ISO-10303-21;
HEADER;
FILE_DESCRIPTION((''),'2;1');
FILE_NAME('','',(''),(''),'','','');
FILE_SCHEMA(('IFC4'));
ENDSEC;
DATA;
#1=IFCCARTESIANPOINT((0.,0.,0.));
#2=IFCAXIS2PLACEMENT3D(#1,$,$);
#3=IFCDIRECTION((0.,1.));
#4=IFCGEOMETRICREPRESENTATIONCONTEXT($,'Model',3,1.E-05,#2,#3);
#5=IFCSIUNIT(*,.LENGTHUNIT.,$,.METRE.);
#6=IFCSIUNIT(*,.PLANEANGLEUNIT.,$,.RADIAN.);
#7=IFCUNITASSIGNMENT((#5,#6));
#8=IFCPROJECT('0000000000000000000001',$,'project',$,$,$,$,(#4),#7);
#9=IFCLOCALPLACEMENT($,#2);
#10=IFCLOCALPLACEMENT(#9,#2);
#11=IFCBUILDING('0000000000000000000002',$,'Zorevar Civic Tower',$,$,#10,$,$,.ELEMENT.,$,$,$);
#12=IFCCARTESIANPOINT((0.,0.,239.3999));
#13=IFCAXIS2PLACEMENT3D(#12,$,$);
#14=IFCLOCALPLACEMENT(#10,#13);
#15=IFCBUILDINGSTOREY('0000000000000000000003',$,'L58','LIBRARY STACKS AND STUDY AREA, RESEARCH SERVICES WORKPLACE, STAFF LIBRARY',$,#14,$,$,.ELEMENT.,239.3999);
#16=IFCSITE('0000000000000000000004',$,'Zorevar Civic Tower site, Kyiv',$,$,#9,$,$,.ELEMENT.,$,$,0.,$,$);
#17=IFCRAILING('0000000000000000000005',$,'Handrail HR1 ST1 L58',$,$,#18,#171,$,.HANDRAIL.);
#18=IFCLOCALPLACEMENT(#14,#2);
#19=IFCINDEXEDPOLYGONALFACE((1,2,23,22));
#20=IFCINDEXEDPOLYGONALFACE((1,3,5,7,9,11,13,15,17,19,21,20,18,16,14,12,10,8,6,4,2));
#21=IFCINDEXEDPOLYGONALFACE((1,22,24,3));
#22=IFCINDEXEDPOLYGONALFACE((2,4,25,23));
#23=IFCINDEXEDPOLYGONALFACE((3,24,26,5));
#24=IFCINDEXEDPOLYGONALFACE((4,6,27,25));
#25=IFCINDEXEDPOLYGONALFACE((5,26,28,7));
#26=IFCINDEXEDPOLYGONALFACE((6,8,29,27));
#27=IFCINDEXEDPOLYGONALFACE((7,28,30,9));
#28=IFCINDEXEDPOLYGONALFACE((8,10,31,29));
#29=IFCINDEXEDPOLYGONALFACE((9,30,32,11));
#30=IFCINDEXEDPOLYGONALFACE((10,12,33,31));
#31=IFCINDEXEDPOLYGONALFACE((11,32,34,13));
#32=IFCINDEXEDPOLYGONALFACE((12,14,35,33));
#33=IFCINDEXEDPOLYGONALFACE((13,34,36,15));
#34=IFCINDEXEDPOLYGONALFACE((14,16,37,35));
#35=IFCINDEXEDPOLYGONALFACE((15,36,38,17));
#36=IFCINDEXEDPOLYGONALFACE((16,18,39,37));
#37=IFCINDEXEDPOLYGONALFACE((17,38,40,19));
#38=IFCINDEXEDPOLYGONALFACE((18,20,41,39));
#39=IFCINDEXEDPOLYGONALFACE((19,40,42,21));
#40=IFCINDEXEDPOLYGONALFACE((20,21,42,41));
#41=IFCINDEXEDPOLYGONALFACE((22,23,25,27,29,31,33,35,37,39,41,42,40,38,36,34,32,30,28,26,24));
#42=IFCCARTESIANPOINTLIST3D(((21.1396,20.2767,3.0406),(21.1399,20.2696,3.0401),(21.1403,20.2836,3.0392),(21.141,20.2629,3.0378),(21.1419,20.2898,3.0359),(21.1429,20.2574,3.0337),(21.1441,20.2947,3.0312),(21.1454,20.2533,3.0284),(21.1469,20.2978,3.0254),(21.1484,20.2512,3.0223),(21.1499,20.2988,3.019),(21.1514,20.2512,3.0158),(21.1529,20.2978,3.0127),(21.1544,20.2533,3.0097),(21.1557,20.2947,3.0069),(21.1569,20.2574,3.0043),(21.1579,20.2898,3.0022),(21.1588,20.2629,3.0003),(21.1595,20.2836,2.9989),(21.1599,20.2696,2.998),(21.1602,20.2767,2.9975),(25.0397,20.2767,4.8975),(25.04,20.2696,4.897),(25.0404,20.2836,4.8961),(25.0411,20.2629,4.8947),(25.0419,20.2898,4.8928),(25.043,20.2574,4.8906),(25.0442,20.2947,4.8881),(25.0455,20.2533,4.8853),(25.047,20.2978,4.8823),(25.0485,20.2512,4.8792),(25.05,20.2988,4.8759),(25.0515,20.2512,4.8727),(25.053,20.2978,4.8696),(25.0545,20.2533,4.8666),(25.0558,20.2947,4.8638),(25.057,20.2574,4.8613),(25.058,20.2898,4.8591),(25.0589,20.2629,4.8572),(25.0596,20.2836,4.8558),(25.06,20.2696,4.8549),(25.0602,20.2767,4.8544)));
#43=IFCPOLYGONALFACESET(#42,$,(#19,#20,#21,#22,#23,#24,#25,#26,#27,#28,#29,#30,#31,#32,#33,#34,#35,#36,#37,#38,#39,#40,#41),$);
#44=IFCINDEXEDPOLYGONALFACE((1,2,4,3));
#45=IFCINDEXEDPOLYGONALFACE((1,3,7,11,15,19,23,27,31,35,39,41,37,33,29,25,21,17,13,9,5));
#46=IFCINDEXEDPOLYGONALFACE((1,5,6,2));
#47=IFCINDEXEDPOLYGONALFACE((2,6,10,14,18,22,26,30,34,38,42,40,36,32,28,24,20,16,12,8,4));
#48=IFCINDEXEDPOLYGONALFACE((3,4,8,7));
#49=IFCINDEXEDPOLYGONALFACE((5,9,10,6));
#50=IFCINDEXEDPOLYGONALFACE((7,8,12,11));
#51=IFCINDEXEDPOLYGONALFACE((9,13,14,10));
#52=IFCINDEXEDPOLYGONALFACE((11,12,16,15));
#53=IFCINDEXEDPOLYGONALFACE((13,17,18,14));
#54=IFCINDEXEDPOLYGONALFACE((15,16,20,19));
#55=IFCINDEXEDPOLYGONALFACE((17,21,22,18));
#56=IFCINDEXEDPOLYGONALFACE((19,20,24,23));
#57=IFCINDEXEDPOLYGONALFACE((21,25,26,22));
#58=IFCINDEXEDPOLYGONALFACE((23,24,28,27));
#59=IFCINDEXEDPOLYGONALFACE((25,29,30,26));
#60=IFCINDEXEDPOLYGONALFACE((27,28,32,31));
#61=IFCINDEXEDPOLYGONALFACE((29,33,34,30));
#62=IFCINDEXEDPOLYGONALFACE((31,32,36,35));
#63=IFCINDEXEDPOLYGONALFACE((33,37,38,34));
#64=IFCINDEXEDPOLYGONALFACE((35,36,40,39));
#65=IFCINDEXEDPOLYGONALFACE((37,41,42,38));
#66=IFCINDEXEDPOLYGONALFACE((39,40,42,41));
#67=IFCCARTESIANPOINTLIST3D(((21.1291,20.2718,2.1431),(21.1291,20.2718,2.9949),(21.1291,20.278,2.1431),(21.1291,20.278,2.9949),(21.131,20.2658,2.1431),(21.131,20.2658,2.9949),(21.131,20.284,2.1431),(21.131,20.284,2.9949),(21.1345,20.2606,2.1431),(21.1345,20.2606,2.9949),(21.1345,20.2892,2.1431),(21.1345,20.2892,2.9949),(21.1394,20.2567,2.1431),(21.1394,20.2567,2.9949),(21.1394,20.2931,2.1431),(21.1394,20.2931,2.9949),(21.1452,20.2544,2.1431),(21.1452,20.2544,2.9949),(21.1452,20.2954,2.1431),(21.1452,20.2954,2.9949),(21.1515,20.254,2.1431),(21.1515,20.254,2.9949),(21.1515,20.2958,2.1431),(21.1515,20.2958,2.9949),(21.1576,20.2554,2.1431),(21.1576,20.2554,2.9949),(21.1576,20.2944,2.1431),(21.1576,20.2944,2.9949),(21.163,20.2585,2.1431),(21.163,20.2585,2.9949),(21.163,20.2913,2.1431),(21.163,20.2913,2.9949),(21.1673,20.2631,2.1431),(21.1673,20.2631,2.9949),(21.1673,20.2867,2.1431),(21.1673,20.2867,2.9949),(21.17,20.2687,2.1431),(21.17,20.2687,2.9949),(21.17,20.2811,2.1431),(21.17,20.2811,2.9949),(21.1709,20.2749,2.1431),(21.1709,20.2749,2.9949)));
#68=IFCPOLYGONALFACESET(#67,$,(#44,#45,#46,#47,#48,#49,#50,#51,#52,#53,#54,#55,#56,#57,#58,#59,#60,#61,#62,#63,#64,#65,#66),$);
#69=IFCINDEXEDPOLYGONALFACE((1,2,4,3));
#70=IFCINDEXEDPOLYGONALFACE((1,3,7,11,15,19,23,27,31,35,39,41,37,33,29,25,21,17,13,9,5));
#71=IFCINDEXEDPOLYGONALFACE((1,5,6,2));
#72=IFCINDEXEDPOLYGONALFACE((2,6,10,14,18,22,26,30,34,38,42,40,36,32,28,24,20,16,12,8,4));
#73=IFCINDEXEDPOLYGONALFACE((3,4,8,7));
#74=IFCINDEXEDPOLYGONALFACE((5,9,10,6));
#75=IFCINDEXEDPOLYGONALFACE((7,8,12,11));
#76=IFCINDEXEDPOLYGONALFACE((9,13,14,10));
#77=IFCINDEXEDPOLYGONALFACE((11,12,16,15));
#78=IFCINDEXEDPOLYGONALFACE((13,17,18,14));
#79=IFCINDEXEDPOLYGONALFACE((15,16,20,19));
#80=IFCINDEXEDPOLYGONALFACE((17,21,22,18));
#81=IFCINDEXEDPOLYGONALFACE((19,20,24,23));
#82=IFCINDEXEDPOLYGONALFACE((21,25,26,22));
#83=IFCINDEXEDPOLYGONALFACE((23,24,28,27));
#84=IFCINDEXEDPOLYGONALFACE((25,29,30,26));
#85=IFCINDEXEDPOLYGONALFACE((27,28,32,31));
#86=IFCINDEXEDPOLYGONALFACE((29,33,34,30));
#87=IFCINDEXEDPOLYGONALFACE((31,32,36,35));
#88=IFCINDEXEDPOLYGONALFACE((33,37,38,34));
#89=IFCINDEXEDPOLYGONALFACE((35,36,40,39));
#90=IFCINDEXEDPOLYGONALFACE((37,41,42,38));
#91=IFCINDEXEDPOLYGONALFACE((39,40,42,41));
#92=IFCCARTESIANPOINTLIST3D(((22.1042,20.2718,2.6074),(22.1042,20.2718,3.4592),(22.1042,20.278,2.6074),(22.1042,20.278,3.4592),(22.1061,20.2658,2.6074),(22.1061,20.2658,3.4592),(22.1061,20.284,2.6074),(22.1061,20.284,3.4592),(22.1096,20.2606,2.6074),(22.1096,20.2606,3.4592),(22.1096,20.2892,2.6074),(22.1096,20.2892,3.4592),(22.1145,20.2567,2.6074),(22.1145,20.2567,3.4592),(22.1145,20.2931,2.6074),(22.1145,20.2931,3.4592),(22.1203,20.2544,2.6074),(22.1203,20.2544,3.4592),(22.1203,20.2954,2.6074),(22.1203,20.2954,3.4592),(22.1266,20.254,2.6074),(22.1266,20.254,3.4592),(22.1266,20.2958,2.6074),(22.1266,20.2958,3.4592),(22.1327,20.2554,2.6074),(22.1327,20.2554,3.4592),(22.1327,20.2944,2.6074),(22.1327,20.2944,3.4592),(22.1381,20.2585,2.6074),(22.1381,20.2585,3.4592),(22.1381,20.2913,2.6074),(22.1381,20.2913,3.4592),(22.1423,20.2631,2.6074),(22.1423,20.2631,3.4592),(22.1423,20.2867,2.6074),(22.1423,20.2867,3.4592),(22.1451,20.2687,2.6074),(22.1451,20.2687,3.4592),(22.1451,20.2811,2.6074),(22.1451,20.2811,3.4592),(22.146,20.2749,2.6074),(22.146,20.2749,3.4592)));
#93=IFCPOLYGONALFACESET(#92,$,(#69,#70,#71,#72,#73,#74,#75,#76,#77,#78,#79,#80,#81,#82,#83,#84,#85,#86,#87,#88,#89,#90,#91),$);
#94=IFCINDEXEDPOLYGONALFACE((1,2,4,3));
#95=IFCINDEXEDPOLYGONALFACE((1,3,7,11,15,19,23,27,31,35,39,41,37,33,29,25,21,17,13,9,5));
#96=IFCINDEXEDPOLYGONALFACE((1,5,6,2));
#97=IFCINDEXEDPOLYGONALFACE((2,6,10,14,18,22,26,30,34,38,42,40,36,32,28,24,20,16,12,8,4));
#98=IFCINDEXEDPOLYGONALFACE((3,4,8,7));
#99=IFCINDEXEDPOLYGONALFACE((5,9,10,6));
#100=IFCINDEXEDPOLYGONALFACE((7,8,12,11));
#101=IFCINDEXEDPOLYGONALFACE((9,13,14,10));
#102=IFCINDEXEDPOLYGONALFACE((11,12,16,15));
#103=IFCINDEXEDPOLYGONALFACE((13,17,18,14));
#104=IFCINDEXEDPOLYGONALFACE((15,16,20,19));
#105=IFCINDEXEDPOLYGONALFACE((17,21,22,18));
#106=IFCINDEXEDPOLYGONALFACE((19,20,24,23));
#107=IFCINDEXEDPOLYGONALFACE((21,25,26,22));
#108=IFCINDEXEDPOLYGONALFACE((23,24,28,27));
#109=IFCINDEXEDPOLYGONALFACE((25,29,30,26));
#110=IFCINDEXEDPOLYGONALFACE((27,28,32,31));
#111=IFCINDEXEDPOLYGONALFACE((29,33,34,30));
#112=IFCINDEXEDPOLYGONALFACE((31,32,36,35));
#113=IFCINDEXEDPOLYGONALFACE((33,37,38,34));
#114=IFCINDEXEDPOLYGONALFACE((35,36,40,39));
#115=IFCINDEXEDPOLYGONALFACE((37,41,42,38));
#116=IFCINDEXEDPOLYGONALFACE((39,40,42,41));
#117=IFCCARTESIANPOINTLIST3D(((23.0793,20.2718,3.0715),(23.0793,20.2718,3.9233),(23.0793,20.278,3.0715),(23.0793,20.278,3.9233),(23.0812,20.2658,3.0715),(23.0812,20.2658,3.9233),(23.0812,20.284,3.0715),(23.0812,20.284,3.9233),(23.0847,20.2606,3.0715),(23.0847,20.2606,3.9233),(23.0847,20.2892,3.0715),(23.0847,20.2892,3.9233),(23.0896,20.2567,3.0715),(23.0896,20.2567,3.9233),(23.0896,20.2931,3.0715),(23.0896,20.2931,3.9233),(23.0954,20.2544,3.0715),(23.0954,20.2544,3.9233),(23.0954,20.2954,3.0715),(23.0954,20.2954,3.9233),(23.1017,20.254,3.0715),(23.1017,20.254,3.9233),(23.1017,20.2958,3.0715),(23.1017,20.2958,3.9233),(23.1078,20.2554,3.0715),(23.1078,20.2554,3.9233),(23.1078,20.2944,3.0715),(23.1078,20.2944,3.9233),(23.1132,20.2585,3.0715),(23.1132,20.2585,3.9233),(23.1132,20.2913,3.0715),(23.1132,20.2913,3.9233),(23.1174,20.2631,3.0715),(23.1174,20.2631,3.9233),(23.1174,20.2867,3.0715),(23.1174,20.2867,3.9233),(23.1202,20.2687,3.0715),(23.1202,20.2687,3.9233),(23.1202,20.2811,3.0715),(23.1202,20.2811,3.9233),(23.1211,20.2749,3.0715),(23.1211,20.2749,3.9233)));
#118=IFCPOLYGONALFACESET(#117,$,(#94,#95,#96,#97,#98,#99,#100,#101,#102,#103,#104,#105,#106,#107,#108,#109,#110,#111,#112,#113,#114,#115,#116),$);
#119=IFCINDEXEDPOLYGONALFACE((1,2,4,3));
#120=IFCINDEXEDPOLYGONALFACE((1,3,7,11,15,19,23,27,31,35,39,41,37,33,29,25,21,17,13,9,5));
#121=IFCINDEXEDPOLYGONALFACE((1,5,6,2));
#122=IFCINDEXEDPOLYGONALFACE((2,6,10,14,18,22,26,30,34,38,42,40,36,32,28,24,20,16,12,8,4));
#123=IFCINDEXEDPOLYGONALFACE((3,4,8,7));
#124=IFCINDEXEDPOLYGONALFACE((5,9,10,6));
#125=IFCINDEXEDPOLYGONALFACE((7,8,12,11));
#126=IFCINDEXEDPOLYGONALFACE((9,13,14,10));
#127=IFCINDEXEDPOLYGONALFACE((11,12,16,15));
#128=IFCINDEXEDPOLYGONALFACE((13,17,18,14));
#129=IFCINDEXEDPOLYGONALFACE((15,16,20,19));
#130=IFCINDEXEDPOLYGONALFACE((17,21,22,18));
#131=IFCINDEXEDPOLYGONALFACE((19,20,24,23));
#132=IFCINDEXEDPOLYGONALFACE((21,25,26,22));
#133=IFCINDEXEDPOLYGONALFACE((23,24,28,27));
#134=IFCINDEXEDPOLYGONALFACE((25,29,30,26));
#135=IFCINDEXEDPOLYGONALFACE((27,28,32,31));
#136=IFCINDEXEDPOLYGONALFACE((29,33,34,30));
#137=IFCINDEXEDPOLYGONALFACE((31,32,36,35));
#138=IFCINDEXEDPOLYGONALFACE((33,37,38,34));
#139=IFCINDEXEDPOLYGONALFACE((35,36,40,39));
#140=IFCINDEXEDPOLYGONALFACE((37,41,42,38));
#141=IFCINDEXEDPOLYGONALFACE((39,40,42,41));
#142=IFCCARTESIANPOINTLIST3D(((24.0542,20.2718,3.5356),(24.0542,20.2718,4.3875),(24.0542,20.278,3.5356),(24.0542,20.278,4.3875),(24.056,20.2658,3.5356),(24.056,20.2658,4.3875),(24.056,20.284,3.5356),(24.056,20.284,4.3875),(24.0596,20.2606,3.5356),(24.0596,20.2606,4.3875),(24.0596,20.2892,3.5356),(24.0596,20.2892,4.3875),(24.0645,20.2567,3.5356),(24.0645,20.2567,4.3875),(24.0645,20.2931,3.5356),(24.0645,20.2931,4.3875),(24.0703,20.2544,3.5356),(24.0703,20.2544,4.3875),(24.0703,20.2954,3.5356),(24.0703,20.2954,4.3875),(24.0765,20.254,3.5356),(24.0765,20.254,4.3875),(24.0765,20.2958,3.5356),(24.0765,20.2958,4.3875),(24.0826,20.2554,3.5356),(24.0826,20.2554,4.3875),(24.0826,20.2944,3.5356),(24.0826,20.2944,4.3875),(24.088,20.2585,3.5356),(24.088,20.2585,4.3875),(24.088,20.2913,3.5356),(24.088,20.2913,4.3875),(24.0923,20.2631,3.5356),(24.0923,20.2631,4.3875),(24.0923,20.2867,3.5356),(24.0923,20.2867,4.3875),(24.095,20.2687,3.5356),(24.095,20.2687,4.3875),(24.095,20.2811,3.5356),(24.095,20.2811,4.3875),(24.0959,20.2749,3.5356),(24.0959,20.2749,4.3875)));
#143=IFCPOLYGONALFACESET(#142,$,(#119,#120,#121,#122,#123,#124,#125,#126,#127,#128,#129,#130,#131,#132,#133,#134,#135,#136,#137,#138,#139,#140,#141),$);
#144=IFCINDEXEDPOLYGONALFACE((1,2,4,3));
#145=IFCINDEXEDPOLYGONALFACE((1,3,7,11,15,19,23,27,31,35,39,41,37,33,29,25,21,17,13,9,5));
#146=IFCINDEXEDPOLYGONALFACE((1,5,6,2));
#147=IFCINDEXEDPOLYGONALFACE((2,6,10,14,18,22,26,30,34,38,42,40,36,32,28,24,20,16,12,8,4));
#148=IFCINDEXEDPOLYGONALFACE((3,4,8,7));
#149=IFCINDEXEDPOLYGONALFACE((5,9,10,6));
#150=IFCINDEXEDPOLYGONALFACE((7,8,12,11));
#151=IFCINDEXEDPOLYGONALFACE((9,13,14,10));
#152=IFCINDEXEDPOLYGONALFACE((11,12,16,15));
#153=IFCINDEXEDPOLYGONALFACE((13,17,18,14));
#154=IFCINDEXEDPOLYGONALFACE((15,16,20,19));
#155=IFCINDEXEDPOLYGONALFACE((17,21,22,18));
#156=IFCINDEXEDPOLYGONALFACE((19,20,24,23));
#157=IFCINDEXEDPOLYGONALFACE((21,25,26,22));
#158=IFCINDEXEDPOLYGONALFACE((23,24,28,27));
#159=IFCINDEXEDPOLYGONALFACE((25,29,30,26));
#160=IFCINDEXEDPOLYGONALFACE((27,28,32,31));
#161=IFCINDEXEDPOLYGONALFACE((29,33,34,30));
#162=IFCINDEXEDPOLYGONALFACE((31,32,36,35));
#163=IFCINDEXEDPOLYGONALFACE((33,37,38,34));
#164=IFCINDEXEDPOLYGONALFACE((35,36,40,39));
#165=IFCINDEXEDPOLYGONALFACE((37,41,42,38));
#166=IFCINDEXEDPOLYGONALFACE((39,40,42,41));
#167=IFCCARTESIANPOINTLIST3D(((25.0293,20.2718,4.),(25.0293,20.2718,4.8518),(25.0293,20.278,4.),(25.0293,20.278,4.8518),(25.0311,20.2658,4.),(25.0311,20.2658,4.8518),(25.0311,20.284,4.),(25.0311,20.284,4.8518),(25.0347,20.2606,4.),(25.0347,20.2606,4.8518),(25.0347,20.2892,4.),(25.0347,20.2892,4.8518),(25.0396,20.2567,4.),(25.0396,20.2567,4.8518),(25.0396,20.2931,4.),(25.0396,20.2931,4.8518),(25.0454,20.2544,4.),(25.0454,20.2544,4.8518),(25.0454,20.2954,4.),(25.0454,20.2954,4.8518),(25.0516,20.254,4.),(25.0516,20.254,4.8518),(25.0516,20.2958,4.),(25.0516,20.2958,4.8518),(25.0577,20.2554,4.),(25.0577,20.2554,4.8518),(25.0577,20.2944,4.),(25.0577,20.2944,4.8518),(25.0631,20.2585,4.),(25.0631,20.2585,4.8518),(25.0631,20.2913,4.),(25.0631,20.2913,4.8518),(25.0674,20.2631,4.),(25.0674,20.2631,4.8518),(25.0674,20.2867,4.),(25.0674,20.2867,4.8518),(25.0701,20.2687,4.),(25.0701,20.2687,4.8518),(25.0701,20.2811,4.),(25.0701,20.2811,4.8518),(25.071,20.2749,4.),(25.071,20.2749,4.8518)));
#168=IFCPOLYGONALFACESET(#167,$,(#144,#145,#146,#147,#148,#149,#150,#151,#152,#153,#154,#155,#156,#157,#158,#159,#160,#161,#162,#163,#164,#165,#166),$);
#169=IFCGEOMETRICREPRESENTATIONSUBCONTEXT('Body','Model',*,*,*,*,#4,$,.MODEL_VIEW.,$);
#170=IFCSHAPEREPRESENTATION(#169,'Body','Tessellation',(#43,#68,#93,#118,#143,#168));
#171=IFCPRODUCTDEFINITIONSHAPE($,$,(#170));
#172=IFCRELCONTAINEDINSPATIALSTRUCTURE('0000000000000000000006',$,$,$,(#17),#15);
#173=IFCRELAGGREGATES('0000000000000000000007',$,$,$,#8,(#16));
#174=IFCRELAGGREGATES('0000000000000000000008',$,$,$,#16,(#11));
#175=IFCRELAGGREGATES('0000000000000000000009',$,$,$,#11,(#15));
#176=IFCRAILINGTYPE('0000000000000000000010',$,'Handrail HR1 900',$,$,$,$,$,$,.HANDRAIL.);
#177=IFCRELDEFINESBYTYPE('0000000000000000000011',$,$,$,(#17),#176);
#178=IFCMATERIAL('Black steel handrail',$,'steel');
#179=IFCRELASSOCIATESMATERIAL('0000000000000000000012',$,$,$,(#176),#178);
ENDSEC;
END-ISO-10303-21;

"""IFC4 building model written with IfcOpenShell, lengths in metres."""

from ifc_helpers import new_model, si_unit, direction, frame, origin, origin_2d, place, context, subcontext, project, spatial, circle, extrude, material, type_object, element, save


model = new_model("IFC4")

# Units and contexts
model_context = context("Model", 3, precision=1e-05, world=origin(), true_north=direction((0.0, 1.0)))
body_context = subcontext(model_context, "Body", "Model", "MODEL_VIEW")
ifc_project = project(units=[si_unit("LENGTHUNIT", "METRE"), si_unit("PLANEANGLEUNIT", "RADIAN")], contexts=[model_context])

# Site, building, storey
site_placement = place(None, origin())
site = spatial("IfcSite", under=ifc_project, at=site_placement, Name="Zorevar Civic Tower site, Kyiv", CompositionType="ELEMENT", RefElevation=0.0)
building_placement = place(site_placement, origin())
building = spatial("IfcBuilding", under=site, at=building_placement, Name="Zorevar Civic Tower", CompositionType="ELEMENT")
storey_placement = place(building_placement, frame((0.0, 0.0, 239.3999)))
storey = spatial("IfcBuildingStorey", under=building, at=storey_placement, Name="L58", Description="LIBRARY STACKS AND STUDY AREA, RESEARCH SERVICES WORKPLACE, STAFF LIBRARY", CompositionType="ELEMENT", Elevation=239.3999)

# Railing
ifc_material_1 = material(Name="Black steel handrail", Category="steel")
railing_type = type_object("IfcRailingType", Name="Handrail HR1 900", PredefinedType="HANDRAIL", material=ifc_material_1)
railing_1_placement = place(storey_placement, frame((21.1499, 20.2749, 2.1431)))
element("IfcRailing", 1, at=railing_1_placement, inside=storey, type_object=railing_type, Name="Handrail HR1 ST1 L58", PredefinedType="HANDRAIL", context=body_context, shape_type="SweptSolid", body=[
    extrude(circle(Radius=0.0239, at=origin_2d()), frame((0.0, 0.0, 0.876), z_axis=(0.902886, 0.0, 0.429881), x_axis=(0.0, 1.0, 0.0)), (0.0, 0.0, 1.0), 4.3196),
    extrude(circle(Radius=0.021, at=origin_2d()), origin(), (0.0, 0.0, 1.0), 0.8518),
    extrude(circle(Radius=0.021, at=origin_2d()), frame((0.9751, 0.0, 0.4644)), (0.0, 0.0, 1.0), 0.8518),
    extrude(circle(Radius=0.021, at=origin_2d()), frame((1.9502, 0.0, 0.9285)), (0.0, 0.0, 1.0), 0.8518),
    extrude(circle(Radius=0.021, at=origin_2d()), frame((2.925, 0.0, 1.3926)), (0.0, 0.0, 1.0), 0.8518),
    extrude(circle(Radius=0.021, at=origin_2d()), frame((3.9001, 0.0, 1.8569)), (0.0, 0.0, 1.0), 0.8518),
])

save(model, "model.ifc")
